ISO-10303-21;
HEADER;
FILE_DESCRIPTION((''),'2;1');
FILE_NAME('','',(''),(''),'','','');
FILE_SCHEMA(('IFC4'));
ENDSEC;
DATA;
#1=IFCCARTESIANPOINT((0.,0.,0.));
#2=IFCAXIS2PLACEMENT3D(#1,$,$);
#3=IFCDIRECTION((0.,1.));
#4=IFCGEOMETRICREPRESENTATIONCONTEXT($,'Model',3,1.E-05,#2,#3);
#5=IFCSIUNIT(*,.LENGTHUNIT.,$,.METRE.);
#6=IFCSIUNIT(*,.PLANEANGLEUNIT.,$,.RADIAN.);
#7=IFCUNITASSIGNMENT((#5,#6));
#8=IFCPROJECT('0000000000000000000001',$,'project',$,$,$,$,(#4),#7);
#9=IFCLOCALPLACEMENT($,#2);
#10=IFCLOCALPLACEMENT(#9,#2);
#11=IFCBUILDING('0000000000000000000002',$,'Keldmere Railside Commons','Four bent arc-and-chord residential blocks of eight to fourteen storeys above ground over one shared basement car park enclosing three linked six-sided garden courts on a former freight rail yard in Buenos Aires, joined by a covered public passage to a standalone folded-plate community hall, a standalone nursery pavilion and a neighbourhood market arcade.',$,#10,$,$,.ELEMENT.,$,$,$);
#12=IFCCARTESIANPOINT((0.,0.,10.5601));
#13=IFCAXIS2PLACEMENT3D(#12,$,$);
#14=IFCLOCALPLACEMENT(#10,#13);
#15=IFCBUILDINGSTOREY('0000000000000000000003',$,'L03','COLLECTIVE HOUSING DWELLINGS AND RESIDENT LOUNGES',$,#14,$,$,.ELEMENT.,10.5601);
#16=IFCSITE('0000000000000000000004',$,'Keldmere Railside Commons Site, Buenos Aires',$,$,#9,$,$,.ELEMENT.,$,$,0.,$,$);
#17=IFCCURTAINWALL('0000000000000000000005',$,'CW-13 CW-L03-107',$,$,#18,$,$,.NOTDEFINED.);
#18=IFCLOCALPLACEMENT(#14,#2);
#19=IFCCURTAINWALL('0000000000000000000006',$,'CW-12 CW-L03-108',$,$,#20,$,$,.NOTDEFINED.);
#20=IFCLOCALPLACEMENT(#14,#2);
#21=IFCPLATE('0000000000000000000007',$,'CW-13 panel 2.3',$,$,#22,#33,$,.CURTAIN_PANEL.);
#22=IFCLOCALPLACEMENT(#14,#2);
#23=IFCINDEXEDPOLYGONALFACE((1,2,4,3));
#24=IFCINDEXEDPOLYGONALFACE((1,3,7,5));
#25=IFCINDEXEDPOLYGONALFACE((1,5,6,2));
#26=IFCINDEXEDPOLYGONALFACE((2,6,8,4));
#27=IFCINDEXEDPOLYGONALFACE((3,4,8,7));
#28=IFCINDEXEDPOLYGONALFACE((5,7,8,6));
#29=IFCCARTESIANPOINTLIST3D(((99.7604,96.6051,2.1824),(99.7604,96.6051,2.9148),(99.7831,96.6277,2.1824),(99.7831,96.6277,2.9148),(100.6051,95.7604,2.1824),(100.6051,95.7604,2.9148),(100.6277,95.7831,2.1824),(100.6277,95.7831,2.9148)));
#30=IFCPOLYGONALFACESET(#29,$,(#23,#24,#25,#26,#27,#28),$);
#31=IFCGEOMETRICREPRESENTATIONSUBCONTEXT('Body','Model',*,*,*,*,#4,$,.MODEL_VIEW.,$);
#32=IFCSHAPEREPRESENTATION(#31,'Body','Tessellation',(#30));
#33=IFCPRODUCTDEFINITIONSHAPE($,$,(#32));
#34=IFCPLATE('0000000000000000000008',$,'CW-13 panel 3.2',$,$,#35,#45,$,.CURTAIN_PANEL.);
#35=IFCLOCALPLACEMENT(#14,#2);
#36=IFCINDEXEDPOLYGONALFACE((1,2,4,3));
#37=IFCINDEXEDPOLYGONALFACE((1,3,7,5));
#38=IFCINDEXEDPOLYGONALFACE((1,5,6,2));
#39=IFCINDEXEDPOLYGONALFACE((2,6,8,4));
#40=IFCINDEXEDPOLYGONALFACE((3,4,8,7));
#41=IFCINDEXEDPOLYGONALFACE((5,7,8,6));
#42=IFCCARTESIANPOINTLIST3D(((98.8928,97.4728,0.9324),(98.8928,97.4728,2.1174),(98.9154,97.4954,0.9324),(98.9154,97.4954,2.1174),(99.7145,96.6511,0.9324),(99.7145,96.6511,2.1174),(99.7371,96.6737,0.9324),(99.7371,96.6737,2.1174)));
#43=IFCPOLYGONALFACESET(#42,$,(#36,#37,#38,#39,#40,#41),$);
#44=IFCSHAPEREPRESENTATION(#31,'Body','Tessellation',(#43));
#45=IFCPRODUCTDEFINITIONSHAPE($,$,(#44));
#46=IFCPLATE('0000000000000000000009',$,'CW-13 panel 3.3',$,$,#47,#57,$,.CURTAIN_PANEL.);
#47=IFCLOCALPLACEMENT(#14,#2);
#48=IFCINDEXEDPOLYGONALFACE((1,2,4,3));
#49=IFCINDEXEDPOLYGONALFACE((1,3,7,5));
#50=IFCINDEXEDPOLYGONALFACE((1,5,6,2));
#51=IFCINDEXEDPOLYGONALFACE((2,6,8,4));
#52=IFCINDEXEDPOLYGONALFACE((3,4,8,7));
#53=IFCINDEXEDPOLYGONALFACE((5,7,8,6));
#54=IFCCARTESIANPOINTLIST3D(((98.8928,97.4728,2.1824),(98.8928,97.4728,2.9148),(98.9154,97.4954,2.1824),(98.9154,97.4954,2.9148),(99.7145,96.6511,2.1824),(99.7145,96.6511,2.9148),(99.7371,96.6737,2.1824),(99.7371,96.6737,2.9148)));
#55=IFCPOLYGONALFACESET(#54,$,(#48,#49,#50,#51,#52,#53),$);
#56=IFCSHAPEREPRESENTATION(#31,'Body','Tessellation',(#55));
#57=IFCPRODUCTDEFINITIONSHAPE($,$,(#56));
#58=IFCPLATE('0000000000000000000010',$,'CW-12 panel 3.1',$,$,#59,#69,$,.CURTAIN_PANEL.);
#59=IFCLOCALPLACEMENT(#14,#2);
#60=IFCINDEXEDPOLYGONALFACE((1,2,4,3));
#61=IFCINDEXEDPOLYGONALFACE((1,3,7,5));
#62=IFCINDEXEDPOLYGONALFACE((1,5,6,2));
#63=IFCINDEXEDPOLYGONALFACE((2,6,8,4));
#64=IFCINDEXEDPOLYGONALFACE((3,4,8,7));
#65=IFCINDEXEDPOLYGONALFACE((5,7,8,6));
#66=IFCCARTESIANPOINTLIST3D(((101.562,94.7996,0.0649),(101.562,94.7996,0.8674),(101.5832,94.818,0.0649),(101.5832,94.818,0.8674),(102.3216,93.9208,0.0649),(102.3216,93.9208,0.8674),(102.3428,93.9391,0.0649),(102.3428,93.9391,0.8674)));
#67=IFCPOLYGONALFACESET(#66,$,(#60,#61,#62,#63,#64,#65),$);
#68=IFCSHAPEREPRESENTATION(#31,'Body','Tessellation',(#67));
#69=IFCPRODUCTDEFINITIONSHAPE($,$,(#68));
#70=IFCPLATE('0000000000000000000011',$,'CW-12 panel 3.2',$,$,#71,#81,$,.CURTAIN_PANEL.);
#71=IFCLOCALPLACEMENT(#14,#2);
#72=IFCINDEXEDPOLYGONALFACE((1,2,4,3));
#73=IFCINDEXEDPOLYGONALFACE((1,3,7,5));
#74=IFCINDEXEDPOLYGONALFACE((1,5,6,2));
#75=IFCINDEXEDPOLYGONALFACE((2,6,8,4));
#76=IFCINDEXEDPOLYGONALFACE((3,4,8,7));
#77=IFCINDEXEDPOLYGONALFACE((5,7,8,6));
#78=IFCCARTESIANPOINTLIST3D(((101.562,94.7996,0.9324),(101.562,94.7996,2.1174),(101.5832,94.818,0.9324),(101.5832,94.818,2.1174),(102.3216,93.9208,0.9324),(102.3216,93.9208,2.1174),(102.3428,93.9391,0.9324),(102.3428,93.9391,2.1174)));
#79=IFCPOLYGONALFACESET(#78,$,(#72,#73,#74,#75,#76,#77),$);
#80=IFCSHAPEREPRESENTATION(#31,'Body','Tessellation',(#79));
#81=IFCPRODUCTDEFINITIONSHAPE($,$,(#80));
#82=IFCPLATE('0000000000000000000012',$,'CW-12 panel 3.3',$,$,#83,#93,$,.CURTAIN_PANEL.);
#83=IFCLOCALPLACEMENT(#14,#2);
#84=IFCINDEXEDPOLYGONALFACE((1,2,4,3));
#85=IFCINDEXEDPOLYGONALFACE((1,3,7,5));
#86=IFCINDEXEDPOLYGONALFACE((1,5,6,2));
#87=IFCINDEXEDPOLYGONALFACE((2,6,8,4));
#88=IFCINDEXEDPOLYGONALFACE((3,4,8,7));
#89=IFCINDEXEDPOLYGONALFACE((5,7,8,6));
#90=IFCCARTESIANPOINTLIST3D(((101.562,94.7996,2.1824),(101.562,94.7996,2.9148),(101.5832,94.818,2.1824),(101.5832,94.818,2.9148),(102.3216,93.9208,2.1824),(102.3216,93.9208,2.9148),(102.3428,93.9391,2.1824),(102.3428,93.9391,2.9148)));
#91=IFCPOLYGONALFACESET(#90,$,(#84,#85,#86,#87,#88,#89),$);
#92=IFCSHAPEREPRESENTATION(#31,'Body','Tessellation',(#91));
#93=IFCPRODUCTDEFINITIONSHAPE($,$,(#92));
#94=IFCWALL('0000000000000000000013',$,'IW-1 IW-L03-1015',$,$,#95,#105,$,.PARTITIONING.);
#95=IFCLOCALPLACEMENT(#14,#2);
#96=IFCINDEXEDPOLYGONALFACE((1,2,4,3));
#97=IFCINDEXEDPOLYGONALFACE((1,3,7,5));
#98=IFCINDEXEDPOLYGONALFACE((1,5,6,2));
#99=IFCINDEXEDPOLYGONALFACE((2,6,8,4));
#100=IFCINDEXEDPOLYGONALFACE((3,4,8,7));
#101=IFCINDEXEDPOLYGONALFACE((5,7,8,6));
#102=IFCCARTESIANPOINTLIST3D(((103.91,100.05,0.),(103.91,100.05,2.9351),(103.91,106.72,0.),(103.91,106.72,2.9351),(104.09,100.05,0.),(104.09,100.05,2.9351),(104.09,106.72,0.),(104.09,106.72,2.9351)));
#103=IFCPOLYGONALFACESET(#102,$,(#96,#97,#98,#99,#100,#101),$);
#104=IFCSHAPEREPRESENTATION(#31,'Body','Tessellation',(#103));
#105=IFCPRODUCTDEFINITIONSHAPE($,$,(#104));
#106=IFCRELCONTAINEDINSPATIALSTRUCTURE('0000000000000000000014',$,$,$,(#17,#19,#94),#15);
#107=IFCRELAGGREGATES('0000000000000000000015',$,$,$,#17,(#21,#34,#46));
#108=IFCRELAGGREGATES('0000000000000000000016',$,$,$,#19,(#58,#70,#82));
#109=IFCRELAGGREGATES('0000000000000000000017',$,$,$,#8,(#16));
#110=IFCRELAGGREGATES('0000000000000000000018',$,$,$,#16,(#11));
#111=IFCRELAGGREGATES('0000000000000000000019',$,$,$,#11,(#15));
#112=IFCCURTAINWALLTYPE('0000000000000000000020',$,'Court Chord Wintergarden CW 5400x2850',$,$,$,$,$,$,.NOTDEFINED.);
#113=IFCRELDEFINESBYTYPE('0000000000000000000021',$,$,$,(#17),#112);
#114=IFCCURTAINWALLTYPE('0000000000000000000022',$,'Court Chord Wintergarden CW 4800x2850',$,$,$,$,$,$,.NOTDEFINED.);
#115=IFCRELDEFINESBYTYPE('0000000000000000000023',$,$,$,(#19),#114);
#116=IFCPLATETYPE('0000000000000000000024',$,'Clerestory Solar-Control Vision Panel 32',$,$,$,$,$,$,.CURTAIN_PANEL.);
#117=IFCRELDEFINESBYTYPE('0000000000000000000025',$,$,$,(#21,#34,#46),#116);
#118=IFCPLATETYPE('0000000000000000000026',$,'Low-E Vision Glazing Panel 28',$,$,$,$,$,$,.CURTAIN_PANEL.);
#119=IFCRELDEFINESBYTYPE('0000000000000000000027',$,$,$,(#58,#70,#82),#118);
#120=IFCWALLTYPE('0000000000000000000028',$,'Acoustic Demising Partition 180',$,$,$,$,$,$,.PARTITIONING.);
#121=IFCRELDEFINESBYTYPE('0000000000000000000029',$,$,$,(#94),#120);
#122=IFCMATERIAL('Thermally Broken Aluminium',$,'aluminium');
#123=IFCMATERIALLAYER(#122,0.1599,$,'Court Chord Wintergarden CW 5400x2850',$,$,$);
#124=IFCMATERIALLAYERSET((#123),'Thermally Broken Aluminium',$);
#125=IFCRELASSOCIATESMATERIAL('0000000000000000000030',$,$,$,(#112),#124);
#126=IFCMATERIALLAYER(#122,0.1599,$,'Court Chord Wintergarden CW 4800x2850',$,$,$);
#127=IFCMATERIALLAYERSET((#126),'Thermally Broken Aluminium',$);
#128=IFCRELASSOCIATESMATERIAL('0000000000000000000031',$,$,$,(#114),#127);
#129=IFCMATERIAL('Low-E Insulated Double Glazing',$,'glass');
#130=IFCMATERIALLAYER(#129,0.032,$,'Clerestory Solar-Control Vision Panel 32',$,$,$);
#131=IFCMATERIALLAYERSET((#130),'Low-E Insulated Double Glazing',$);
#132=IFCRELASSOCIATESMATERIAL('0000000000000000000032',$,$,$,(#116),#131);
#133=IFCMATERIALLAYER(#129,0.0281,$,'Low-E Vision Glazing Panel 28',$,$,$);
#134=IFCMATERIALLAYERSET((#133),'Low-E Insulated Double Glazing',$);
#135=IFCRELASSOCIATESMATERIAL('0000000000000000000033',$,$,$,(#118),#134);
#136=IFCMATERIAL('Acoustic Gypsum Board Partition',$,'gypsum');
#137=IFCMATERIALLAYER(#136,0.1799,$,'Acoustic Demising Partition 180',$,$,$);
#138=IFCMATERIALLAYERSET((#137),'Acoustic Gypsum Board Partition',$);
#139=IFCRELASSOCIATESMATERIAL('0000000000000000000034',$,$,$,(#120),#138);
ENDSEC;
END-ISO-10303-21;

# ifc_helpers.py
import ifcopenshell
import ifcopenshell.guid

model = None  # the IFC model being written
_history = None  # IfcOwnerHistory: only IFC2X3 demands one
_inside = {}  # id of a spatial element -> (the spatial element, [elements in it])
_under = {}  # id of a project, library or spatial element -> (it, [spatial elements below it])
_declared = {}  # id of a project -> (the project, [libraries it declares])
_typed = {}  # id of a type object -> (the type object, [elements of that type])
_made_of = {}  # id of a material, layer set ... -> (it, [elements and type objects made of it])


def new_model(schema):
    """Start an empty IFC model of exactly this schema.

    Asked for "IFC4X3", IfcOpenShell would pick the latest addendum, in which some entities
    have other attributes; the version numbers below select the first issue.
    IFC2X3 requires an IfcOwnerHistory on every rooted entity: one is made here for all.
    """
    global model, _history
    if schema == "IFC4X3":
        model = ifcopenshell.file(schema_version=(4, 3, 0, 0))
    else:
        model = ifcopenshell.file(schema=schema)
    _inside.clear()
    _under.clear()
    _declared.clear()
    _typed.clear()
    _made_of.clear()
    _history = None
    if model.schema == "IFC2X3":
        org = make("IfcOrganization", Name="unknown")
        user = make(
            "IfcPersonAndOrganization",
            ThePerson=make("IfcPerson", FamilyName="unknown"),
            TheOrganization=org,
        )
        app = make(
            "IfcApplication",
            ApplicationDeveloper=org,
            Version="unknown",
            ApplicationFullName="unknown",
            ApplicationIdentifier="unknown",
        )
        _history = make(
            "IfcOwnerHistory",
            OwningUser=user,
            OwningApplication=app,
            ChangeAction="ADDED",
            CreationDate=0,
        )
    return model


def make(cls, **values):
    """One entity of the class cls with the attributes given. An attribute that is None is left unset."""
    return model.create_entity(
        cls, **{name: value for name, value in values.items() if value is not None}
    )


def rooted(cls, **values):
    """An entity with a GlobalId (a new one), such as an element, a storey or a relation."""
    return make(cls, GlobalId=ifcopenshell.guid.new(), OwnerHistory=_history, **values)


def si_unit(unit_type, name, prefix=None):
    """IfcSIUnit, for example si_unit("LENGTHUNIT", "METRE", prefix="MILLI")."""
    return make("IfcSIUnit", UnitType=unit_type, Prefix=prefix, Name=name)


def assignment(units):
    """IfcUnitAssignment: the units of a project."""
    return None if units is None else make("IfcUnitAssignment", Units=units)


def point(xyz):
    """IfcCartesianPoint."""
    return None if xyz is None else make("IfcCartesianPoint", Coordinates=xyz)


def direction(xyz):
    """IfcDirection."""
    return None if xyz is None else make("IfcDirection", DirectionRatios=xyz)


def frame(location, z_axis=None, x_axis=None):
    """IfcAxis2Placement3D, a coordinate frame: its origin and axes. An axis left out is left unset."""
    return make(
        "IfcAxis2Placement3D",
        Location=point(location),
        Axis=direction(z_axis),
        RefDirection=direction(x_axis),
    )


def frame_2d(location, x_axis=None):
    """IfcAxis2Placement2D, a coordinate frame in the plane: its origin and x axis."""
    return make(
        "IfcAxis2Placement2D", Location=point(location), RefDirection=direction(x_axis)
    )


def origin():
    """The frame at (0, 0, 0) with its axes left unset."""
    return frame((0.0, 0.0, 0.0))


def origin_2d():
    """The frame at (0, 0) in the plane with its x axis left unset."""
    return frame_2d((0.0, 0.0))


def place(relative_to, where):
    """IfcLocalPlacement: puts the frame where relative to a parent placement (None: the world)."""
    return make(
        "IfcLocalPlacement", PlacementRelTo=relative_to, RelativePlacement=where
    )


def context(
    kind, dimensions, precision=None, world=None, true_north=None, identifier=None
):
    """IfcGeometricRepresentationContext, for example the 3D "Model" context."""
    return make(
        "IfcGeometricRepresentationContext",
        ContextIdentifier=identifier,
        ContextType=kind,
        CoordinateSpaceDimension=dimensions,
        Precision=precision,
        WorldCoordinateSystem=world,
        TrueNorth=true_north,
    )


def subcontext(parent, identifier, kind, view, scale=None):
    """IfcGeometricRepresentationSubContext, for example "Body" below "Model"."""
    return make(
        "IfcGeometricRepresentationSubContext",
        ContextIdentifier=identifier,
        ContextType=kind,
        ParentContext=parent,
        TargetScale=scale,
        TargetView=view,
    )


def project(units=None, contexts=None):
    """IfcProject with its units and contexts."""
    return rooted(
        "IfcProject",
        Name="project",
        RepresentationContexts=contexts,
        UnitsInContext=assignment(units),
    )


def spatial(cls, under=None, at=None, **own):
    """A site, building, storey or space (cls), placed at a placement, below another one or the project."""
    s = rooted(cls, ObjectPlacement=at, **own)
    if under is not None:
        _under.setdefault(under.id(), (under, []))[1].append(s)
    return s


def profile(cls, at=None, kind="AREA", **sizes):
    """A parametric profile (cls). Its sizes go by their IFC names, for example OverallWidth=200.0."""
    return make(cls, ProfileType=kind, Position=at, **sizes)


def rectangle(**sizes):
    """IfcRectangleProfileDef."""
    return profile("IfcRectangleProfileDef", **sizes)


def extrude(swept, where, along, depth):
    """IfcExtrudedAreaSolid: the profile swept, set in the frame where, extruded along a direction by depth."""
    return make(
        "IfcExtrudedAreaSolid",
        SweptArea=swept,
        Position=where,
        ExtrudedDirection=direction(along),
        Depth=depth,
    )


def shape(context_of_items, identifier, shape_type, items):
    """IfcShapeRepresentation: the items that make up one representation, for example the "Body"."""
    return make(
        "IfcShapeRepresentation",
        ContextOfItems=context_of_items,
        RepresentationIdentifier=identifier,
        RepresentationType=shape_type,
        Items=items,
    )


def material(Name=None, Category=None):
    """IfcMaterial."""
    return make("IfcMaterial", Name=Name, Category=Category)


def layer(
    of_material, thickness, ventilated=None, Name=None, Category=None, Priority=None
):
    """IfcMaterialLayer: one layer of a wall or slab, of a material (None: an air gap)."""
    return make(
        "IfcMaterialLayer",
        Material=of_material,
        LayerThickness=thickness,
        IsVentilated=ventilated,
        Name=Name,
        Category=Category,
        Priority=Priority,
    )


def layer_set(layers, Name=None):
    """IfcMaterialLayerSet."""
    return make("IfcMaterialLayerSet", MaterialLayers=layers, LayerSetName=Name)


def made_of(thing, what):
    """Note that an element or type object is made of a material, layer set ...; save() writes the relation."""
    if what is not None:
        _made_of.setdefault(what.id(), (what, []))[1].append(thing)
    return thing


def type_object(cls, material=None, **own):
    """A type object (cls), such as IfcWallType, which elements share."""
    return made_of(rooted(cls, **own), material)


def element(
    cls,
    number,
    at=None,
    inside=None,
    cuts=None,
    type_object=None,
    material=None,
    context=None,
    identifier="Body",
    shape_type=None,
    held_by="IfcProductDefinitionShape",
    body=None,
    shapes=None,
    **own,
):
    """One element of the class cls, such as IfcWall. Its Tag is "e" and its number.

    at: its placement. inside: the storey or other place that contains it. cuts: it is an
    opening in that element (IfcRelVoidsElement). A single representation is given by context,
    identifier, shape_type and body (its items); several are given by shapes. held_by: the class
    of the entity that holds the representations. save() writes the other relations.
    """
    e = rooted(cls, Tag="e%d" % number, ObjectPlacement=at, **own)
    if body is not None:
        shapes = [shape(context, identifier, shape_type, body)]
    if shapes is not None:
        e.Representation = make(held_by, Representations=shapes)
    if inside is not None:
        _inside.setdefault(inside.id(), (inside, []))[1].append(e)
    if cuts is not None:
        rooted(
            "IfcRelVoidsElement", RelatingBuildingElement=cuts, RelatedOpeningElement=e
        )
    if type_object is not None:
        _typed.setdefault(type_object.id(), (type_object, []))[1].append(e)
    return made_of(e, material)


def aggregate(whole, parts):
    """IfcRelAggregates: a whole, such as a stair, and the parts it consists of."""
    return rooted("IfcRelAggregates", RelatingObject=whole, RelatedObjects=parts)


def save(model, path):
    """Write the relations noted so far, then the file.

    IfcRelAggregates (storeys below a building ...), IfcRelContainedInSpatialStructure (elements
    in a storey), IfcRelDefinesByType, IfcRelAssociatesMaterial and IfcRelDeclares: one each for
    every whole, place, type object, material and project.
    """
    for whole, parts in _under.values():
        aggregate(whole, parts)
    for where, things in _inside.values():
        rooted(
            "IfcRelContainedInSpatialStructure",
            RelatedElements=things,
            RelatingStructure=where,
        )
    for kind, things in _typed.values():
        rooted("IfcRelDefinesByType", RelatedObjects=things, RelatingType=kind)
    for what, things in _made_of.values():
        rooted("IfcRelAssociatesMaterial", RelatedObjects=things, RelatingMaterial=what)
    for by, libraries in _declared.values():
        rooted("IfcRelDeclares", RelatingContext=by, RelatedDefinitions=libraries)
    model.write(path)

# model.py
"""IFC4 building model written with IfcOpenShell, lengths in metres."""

from ifc_helpers import new_model, si_unit, direction, frame, frame_2d, origin, origin_2d, place, context, subcontext, project, spatial, rectangle, extrude, material, layer, layer_set, type_object, element, aggregate, save


model = new_model("IFC4")

# Units and contexts
model_context = context("Model", 3, precision=1e-05, world=origin(), true_north=direction((0.0, 1.0)))
body_context = subcontext(model_context, "Body", "Model", "MODEL_VIEW")
ifc_project = project(units=[si_unit("LENGTHUNIT", "METRE"), si_unit("PLANEANGLEUNIT", "RADIAN")], contexts=[model_context])

# Site, building, storey
site_placement = place(None, origin())
site = spatial("IfcSite", under=ifc_project, at=site_placement, Name="Keldmere Railside Commons Site, Buenos Aires", CompositionType="ELEMENT", RefElevation=0.0)
building_placement = place(site_placement, origin())
building = spatial("IfcBuilding", under=site, at=building_placement, Name="Keldmere Railside Commons", Description="Four bent arc-and-chord residential blocks of eight to fourteen storeys above ground over one shared basement car park enclosing three linked six-sided garden courts on a former freight rail yard in Buenos Aires, joined by a covered public passage to a standalone folded-plate community hall, a standalone nursery pavilion and a neighbourhood market arcade.", CompositionType="ELEMENT")
storey_placement = place(building_placement, frame((0.0, 0.0, 10.5601)))
storey = spatial("IfcBuildingStorey", under=building, at=storey_placement, Name="L03", Description="COLLECTIVE HOUSING DWELLINGS AND RESIDENT LOUNGES", CompositionType="ELEMENT", Elevation=10.5601)

# Curtain wall
ifc_material_1 = material(Name="Thermally Broken Aluminium", Category="aluminium")
ifc_layer_1 = layer(ifc_material_1, 0.1599, Name="Court Chord Wintergarden CW 5400x2850")
ifc_layer_set_1 = layer_set([ifc_layer_1], Name="Thermally Broken Aluminium")
curtain_wall_type_1 = type_object("IfcCurtainWallType", Name="Court Chord Wintergarden CW 5400x2850", PredefinedType="NOTDEFINED", material=ifc_layer_set_1)
curtain_wall_1_placement = place(storey_placement, origin())
curtain_wall_1 = element("IfcCurtainWall", 1, at=curtain_wall_1_placement, inside=storey, type_object=curtain_wall_type_1, Name="CW-13 CW-L03-107", PredefinedType="NOTDEFINED")

# Curtain wall
ifc_layer_2 = layer(ifc_material_1, 0.1599, Name="Court Chord Wintergarden CW 4800x2850")
ifc_layer_set_2 = layer_set([ifc_layer_2], Name="Thermally Broken Aluminium")
curtain_wall_type_2 = type_object("IfcCurtainWallType", Name="Court Chord Wintergarden CW 4800x2850", PredefinedType="NOTDEFINED", material=ifc_layer_set_2)
curtain_wall_2_placement = place(storey_placement, origin())
curtain_wall_2 = element("IfcCurtainWall", 2, at=curtain_wall_2_placement, inside=storey, type_object=curtain_wall_type_2, Name="CW-12 CW-L03-108", PredefinedType="NOTDEFINED")

# Plates
ifc_material_2 = material(Name="Low-E Insulated Double Glazing", Category="glass")
ifc_layer_3 = layer(ifc_material_2, 0.032, Name="Clerestory Solar-Control Vision Panel 32")
ifc_layer_set_3 = layer_set([ifc_layer_3], Name="Low-E Insulated Double Glazing")
plate_type_1 = type_object("IfcPlateType", Name="Clerestory Solar-Control Vision Panel 32", PredefinedType="CURTAIN_PANEL", material=ifc_layer_set_3)
plate_1_placement = place(storey_placement, frame((100.1941, 96.1941, 2.1824), z_axis=(0.0, 0.0, 1.0), x_axis=(-0.707107, 0.707107, 0.0)))
plate_1 = element("IfcPlate", 3, at=plate_1_placement, type_object=plate_type_1, Name="CW-13 panel 2.3", PredefinedType="CURTAIN_PANEL", context=body_context, shape_type="SweptSolid", body=[
    extrude(rectangle(XDim=1.1946, YDim=0.032, at=origin_2d()), origin(), (0.0, 0.0, 1.0), 0.7324),
])
plate_2_placement = place(storey_placement, frame((99.3149, 97.0732, 0.9324), z_axis=(0.0, 0.0, 1.0), x_axis=(-0.707107, 0.707107, 0.0)))
plate_2 = element("IfcPlate", 4, at=plate_2_placement, type_object=plate_type_1, Name="CW-13 panel 3.2", PredefinedType="CURTAIN_PANEL", context=body_context, shape_type="SweptSolid", body=[
    extrude(rectangle(XDim=1.1621, YDim=0.032, at=origin_2d()), origin(), (0.0, 0.0, 1.0), 1.1851),
])
plate_3_placement = place(storey_placement, frame((99.3149, 97.0732, 2.1824), z_axis=(0.0, 0.0, 1.0), x_axis=(-0.707107, 0.707107, 0.0)))
plate_3 = element("IfcPlate", 5, at=plate_3_placement, type_object=plate_type_1, Name="CW-13 panel 3.3", PredefinedType="CURTAIN_PANEL", context=body_context, shape_type="SweptSolid", body=[
    extrude(rectangle(XDim=1.1621, YDim=0.032, at=origin_2d()), origin(), (0.0, 0.0, 1.0), 0.7324),
])
aggregate(curtain_wall_1, [plate_1, plate_2, plate_3])
ifc_layer_4 = layer(ifc_material_2, 0.0281, Name="Low-E Vision Glazing Panel 28")
ifc_layer_set_4 = layer_set([ifc_layer_4], Name="Low-E Insulated Double Glazing")
plate_type_2 = type_object("IfcPlateType", Name="Low-E Vision Glazing Panel 28", PredefinedType="CURTAIN_PANEL", material=ifc_layer_set_4)
plate_4_placement = place(storey_placement, frame((101.9524, 94.3694, 0.0649), z_axis=(0.0, 0.0, 1.0), x_axis=(-0.653882, 0.756597, 0.0)))
plate_4 = element("IfcPlate", 6, at=plate_4_placement, type_object=plate_type_2, Name="CW-12 panel 3.1", PredefinedType="CURTAIN_PANEL", context=body_context, shape_type="SweptSolid", body=[
    extrude(rectangle(XDim=1.1616, YDim=0.0281, at=origin_2d()), origin(), (0.0, 0.0, 1.0), 0.8025),
])
plate_5_placement = place(storey_placement, frame((101.9524, 94.3694, 0.9324), z_axis=(0.0, 0.0, 1.0), x_axis=(-0.653882, 0.756597, 0.0)))
plate_5 = element("IfcPlate", 7, at=plate_5_placement, type_object=plate_type_2, Name="CW-12 panel 3.2", PredefinedType="CURTAIN_PANEL", context=body_context, shape_type="SweptSolid", body=[
    extrude(rectangle(XDim=1.1616, YDim=0.0281, at=origin_2d()), origin(), (0.0, 0.0, 1.0), 1.1851),
])
plate_6_placement = place(storey_placement, frame((101.9524, 94.3694, 2.1824), z_axis=(0.0, 0.0, 1.0), x_axis=(-0.653882, 0.756597, 0.0)))
plate_6 = element("IfcPlate", 8, at=plate_6_placement, type_object=plate_type_2, Name="CW-12 panel 3.3", PredefinedType="CURTAIN_PANEL", context=body_context, shape_type="SweptSolid", body=[
    extrude(rectangle(XDim=1.1616, YDim=0.0281, at=origin_2d()), origin(), (0.0, 0.0, 1.0), 0.7324),
])
aggregate(curtain_wall_2, [plate_4, plate_5, plate_6])

# Wall
ifc_material_3 = material(Name="Acoustic Gypsum Board Partition", Category="gypsum")
ifc_layer_5 = layer(ifc_material_3, 0.1799, Name="Acoustic Demising Partition 180")
ifc_layer_set_5 = layer_set([ifc_layer_5], Name="Acoustic Gypsum Board Partition")
wall_type = type_object("IfcWallType", Name="Acoustic Demising Partition 180", PredefinedType="PARTITIONING", material=ifc_layer_set_5)
wall_placement = place(storey_placement, frame((104.0, 100.05, 0.0), z_axis=(0.0, 0.0, 1.0), x_axis=(0.0, 1.0, 0.0)))
element("IfcWall", 9, at=wall_placement, inside=storey, type_object=wall_type, Name="IW-1 IW-L03-1015", PredefinedType="PARTITIONING", context=body_context, shape_type="SweptSolid", body=[
    extrude(rectangle(XDim=6.6699, YDim=0.1799, at=frame_2d((3.335, 0.0))), origin(), (0.0, 0.0, 1.0), 2.9351),
])

save(model, "model.ifc")
